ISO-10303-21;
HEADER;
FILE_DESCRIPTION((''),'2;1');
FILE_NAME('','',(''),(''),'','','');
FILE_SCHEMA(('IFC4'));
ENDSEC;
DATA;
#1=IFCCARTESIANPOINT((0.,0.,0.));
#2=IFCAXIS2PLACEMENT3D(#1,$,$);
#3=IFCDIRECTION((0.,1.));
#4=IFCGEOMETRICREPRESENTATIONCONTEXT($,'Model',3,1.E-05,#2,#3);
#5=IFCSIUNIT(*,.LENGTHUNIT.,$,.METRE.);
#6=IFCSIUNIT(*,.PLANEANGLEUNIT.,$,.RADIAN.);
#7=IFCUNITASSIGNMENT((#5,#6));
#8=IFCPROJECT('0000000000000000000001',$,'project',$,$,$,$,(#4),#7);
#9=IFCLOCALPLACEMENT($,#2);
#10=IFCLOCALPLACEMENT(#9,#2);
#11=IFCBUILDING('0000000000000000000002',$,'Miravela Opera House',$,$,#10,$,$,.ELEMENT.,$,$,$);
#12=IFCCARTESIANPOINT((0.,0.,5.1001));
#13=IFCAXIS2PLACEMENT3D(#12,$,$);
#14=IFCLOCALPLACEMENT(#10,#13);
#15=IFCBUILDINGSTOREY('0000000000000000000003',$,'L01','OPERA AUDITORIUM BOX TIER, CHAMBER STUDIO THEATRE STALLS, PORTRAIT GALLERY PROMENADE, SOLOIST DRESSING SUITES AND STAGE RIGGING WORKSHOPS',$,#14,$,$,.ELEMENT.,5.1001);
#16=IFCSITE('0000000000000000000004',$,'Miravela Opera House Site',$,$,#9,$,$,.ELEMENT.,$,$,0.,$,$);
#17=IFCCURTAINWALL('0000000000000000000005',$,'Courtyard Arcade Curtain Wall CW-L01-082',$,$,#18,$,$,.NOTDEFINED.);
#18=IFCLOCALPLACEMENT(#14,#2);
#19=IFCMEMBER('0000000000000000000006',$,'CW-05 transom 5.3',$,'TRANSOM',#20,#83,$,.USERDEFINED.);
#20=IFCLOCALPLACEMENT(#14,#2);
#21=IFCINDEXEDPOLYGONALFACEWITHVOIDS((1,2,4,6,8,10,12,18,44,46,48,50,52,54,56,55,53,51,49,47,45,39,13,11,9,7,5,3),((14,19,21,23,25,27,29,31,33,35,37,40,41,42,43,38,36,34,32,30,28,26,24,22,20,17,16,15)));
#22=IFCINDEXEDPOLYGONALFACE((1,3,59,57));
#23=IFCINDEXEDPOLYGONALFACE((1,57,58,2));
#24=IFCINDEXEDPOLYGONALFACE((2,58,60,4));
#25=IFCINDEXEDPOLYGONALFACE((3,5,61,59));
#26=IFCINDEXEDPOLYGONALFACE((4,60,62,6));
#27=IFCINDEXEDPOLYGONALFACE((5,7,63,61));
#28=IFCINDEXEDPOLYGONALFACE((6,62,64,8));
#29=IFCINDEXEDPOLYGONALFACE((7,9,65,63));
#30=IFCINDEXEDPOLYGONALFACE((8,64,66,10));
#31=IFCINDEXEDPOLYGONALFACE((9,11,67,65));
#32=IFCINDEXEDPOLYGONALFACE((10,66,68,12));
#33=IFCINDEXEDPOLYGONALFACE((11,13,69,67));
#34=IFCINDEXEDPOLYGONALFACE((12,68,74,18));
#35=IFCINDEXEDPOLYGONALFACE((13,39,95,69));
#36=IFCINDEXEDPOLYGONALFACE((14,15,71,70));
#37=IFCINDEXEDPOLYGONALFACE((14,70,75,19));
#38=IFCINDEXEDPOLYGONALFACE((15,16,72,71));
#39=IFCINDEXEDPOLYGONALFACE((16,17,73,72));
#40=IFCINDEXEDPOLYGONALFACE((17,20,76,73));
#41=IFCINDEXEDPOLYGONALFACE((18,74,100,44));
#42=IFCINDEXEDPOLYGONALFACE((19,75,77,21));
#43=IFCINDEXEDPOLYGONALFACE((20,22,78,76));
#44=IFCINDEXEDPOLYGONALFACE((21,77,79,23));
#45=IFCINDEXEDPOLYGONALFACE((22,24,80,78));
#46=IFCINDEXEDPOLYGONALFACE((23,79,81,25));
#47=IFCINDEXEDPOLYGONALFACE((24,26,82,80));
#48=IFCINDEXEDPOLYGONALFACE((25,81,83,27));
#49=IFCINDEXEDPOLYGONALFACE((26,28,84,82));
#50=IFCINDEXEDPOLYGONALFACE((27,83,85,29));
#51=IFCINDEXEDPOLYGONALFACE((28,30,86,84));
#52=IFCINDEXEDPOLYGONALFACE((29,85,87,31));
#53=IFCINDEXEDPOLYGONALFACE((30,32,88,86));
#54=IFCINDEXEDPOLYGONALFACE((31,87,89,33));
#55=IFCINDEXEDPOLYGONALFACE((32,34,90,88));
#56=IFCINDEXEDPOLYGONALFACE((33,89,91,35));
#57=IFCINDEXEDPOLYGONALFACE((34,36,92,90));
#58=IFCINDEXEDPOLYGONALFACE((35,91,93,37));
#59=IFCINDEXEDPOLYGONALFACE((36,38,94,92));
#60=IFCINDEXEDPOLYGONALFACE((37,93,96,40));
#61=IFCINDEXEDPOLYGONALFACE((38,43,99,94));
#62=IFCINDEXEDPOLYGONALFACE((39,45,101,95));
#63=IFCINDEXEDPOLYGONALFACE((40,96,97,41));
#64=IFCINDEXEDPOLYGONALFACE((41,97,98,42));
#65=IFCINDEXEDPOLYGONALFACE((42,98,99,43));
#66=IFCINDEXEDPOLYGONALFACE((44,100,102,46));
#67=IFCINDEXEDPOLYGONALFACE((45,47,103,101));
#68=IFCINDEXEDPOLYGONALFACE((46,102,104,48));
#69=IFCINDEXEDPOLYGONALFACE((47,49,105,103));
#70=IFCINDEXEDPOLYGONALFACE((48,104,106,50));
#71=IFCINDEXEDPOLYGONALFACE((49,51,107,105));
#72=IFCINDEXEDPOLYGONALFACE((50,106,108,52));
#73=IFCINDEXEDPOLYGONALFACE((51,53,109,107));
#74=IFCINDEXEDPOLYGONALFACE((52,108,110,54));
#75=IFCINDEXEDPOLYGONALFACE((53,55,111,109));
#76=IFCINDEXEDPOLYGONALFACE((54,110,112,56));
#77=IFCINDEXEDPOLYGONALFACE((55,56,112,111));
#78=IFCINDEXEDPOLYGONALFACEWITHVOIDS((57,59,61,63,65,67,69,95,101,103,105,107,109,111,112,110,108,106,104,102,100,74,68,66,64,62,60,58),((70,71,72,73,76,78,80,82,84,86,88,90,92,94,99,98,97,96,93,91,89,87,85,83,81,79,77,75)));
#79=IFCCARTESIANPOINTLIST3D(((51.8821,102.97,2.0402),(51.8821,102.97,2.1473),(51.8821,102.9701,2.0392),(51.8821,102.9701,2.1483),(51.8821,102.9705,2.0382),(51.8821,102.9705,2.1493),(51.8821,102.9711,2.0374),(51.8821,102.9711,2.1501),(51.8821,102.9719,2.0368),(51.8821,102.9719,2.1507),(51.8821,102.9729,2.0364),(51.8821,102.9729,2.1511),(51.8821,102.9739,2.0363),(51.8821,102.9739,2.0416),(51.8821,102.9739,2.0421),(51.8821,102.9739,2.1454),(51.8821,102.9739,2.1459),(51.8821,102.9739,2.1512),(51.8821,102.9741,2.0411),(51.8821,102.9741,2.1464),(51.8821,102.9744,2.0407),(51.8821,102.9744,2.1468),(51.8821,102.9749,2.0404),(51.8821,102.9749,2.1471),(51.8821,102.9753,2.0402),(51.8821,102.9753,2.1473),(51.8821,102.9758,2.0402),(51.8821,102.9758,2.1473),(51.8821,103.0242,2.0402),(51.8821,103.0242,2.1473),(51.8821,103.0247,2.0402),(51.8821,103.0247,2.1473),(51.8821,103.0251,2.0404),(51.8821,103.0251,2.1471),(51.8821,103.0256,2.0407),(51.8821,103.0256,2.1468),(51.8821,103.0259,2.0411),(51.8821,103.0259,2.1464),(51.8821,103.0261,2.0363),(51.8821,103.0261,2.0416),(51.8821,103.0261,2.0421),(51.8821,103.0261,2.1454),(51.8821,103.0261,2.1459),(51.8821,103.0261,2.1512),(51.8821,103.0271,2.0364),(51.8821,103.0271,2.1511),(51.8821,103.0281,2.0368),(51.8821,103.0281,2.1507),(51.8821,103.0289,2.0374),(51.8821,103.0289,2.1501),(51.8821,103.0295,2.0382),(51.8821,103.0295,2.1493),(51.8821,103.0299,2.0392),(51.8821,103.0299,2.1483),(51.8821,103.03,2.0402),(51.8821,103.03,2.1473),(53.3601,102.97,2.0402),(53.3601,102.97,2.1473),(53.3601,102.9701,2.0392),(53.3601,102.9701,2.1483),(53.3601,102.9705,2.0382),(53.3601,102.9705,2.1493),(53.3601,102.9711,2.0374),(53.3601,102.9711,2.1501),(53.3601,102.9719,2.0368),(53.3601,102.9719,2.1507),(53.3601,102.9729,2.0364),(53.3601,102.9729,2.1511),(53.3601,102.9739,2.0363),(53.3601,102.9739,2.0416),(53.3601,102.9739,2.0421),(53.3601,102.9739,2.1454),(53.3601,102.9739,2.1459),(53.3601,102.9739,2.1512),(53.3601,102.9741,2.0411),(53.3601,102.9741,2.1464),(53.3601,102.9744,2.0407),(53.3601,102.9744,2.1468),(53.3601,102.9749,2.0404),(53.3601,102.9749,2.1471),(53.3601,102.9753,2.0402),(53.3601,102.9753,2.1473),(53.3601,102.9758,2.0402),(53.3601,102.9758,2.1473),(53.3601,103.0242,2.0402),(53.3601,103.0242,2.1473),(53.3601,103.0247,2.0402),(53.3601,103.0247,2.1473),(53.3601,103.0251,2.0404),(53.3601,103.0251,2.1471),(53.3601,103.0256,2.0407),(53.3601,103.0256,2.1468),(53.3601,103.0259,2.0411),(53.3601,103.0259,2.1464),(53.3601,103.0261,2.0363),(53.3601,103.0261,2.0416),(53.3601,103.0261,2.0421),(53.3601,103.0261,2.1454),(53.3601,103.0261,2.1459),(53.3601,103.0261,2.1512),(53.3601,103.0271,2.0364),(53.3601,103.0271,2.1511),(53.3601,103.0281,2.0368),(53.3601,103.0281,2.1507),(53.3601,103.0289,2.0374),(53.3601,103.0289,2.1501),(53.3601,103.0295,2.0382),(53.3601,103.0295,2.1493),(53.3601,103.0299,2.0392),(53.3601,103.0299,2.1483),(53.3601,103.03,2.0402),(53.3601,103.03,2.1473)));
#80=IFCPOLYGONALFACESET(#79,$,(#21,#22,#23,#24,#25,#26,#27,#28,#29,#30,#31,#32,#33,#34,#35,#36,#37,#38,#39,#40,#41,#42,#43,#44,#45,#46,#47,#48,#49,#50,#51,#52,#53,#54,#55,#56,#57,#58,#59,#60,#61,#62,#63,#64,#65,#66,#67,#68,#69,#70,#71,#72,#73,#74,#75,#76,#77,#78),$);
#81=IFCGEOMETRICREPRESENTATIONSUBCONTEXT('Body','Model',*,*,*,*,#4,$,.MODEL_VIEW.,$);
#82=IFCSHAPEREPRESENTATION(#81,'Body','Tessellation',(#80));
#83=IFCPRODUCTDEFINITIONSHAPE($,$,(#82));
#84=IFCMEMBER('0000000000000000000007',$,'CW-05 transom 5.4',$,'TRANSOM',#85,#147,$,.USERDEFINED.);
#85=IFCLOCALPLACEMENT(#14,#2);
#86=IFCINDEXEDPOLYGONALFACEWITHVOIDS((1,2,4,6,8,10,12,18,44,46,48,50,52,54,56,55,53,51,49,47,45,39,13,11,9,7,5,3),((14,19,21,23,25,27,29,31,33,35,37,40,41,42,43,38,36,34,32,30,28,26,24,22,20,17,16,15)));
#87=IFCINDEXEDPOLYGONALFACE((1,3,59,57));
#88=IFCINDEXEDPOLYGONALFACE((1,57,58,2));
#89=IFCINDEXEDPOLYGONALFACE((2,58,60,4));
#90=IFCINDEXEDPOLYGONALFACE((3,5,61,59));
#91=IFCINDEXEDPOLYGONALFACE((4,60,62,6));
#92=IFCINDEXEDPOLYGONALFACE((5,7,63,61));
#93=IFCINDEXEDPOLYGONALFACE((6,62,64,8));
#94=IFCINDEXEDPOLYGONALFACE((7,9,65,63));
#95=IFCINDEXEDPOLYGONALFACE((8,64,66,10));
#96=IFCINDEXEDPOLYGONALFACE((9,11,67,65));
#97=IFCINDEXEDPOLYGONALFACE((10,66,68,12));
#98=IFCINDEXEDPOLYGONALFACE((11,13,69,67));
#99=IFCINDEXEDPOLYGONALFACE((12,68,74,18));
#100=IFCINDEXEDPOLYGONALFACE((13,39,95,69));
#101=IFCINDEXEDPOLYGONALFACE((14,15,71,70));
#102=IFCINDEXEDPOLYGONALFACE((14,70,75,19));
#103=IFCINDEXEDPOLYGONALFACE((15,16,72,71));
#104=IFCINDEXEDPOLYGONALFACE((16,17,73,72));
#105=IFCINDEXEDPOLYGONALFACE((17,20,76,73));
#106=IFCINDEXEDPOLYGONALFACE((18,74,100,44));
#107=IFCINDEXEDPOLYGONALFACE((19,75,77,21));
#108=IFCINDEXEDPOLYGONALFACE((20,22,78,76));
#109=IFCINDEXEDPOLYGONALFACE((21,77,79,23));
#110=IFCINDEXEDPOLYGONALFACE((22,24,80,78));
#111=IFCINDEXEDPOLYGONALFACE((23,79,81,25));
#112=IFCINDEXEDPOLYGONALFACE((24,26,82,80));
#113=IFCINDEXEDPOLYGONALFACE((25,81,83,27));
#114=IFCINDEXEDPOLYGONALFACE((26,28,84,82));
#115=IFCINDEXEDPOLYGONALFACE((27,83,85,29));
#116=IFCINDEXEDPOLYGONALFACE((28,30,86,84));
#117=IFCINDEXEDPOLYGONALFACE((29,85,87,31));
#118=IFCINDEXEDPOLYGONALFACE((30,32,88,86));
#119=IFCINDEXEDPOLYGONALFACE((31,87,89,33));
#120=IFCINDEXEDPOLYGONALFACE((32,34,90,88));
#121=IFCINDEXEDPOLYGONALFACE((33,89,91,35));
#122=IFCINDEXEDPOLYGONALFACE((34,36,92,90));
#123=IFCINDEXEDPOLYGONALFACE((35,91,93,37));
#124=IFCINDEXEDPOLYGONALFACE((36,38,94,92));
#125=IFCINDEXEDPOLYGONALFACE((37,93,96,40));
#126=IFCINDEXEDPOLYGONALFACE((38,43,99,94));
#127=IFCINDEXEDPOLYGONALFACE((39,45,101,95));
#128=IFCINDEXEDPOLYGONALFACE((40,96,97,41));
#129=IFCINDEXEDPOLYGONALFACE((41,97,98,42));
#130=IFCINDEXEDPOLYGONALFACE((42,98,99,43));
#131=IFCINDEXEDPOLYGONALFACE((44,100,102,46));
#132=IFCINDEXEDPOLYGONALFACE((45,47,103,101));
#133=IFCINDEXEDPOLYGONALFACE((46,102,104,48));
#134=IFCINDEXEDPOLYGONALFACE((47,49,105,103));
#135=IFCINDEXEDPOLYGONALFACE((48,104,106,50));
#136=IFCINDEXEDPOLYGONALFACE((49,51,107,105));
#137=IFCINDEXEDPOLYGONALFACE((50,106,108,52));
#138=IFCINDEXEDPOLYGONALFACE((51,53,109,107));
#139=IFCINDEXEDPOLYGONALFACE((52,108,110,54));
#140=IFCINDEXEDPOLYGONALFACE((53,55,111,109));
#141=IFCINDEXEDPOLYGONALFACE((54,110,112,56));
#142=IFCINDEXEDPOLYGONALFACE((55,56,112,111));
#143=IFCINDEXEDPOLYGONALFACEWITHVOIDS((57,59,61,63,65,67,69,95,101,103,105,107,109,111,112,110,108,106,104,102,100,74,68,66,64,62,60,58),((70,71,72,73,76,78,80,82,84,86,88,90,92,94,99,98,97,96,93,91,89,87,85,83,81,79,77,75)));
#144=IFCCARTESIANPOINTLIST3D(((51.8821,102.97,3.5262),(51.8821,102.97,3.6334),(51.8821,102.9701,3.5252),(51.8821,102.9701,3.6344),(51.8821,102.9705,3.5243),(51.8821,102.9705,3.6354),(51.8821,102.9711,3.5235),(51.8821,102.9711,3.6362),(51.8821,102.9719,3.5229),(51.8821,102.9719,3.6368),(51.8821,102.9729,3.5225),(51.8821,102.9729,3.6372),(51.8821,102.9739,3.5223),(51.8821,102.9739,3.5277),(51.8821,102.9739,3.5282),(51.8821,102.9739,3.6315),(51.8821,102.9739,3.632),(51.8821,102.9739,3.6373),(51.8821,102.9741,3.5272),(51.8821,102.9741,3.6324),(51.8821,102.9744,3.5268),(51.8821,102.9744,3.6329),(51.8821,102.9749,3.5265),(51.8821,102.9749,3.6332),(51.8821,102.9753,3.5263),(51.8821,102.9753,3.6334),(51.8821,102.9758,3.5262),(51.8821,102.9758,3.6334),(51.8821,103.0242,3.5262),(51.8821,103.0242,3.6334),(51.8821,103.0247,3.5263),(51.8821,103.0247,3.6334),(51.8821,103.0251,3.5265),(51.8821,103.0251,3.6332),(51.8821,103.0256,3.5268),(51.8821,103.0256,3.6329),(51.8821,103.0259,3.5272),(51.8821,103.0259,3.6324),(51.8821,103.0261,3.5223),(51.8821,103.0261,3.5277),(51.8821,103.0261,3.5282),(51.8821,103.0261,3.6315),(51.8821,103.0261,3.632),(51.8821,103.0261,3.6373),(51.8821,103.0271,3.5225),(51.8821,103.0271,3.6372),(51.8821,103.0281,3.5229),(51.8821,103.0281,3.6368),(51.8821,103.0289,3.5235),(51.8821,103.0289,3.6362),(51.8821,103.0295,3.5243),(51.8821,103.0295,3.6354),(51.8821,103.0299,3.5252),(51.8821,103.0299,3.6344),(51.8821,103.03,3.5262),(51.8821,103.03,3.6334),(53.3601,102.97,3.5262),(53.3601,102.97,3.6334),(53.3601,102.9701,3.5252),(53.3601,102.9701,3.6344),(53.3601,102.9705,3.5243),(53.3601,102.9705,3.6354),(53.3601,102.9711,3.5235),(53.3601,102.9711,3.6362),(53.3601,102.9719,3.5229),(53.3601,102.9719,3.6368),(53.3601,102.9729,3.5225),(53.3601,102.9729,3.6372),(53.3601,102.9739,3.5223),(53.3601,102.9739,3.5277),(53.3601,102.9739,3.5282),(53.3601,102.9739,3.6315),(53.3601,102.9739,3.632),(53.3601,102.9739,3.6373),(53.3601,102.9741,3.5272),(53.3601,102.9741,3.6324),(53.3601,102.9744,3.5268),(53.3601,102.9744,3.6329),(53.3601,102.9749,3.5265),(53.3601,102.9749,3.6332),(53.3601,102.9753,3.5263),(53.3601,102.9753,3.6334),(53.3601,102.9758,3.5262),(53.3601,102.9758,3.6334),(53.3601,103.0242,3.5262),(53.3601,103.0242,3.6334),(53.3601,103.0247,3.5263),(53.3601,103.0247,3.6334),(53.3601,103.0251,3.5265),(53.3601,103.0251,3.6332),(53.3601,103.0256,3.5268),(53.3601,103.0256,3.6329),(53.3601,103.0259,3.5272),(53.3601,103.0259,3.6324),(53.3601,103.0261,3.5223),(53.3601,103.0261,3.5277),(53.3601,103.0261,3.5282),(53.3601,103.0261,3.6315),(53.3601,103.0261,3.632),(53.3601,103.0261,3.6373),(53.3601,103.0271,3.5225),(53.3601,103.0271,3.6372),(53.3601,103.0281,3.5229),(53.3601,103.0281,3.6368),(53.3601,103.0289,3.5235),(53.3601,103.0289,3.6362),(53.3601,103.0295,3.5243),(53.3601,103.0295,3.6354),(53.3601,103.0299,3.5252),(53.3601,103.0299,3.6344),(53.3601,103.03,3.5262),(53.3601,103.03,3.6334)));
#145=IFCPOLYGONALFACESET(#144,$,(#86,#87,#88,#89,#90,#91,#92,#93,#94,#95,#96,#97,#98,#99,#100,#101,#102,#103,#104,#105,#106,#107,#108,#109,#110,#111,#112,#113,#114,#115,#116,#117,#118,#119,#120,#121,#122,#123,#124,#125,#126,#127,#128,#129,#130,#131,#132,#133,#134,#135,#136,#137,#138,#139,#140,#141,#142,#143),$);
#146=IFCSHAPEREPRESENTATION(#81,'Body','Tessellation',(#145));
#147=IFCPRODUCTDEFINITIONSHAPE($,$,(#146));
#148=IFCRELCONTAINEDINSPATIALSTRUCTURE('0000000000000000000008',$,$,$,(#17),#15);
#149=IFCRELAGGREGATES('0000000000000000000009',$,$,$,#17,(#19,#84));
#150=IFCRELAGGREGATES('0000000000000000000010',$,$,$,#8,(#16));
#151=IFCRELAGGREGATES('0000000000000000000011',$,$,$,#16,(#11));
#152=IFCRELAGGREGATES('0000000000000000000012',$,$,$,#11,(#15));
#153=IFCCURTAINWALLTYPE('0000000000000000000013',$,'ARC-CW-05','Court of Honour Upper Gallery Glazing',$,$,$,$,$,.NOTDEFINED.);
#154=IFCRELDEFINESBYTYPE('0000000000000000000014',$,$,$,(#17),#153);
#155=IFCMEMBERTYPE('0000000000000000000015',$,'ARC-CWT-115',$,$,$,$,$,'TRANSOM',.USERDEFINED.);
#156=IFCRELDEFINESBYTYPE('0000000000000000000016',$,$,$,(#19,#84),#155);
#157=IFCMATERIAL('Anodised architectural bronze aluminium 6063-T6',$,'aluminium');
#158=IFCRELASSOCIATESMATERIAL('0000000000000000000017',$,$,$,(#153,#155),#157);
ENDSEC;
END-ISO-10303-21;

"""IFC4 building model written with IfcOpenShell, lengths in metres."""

from ifc_helpers import new_model, si_unit, direction, frame, origin, origin_2d, place, context, subcontext, project, spatial, hollow_rectangle, extrude, material, material_profile, profile_set, type_object, element, aggregate, save


model = new_model("IFC4")

# Units and contexts
model_context = context("Model", 3, precision=1e-05, world=origin(), true_north=direction((0.0, 1.0)))
body_context = subcontext(model_context, "Body", "Model", "MODEL_VIEW")
ifc_project = project(units=[si_unit("LENGTHUNIT", "METRE"), si_unit("PLANEANGLEUNIT", "RADIAN")], contexts=[model_context])

# Site, building, storey
site_placement = place(None, origin())
site = spatial("IfcSite", under=ifc_project, at=site_placement, Name="Miravela Opera House Site", CompositionType="ELEMENT", RefElevation=0.0)
building_placement = place(site_placement, origin())
building = spatial("IfcBuilding", under=site, at=building_placement, Name="Miravela Opera House", CompositionType="ELEMENT")
storey_placement = place(building_placement, frame((0.0, 0.0, 5.1001)))
storey = spatial("IfcBuildingStorey", under=building, at=storey_placement, Name="L01", Description="OPERA AUDITORIUM BOX TIER, CHAMBER STUDIO THEATRE STALLS, PORTRAIT GALLERY PROMENADE, SOLOIST DRESSING SUITES AND STAGE RIGGING WORKSHOPS", CompositionType="ELEMENT", Elevation=5.1001)

# Curtain wall
ifc_material_1 = material(Name="Anodised architectural bronze aluminium 6063-T6", Category="aluminium")
curtain_wall_type = type_object("IfcCurtainWallType", Name="ARC-CW-05", Description="Court of Honour Upper Gallery Glazing", PredefinedType="NOTDEFINED", material=ifc_material_1)
curtain_wall_1_placement = place(storey_placement, origin())
curtain_wall_1 = element("IfcCurtainWall", 1, at=curtain_wall_1_placement, inside=storey, type_object=curtain_wall_type, Name="Courtyard Arcade Curtain Wall CW-L01-082", PredefinedType="NOTDEFINED")

# Members
ifc_material_profile_1 = material_profile(ifc_material_1, hollow_rectangle(XDim=0.0601, YDim=0.115, WallThickness=0.0039, InnerFilletRadius=0.002, OuterFilletRadius=0.0039, at=origin_2d()), Name="CWT-60X115")
ifc_profile_set_1 = profile_set([ifc_material_profile_1])
member_type_1 = type_object("IfcMemberType", Name="ARC-CWT-115", ElementType="TRANSOM", PredefinedType="USERDEFINED", material=ifc_profile_set_1)
member_1_placement = place(storey_placement, frame((51.8821, 103.0, 2.0938), z_axis=(1.0, 0.0, 0.0), x_axis=(0.0, 1.0, 0.0)))
member_1 = element("IfcMember", 2, at=member_1_placement, type_object=member_type_1, Name="CW-05 transom 5.3", ObjectType="TRANSOM", PredefinedType="USERDEFINED", context=body_context, shape_type="SweptSolid", body=[
    extrude(hollow_rectangle(XDim=0.0601, YDim=0.115, WallThickness=0.0039, InnerFilletRadius=0.002, OuterFilletRadius=0.0039, at=origin_2d()), origin(), (0.0, 0.0, 1.0), 1.478),
])
member_2_placement = place(storey_placement, frame((51.8821, 103.0, 3.5798), z_axis=(1.0, 0.0, 0.0), x_axis=(0.0, 1.0, 0.0)))
member_2 = element("IfcMember", 3, at=member_2_placement, type_object=member_type_1, Name="CW-05 transom 5.4", ObjectType="TRANSOM", PredefinedType="USERDEFINED", context=body_context, shape_type="SweptSolid", body=[
    extrude(hollow_rectangle(XDim=0.0601, YDim=0.115, WallThickness=0.0039, InnerFilletRadius=0.002, OuterFilletRadius=0.0039, at=origin_2d()), origin(), (0.0, 0.0, 1.0), 1.478),
])

aggregate(curtain_wall_1, [member_1, member_2])

save(model, "model.ifc")
